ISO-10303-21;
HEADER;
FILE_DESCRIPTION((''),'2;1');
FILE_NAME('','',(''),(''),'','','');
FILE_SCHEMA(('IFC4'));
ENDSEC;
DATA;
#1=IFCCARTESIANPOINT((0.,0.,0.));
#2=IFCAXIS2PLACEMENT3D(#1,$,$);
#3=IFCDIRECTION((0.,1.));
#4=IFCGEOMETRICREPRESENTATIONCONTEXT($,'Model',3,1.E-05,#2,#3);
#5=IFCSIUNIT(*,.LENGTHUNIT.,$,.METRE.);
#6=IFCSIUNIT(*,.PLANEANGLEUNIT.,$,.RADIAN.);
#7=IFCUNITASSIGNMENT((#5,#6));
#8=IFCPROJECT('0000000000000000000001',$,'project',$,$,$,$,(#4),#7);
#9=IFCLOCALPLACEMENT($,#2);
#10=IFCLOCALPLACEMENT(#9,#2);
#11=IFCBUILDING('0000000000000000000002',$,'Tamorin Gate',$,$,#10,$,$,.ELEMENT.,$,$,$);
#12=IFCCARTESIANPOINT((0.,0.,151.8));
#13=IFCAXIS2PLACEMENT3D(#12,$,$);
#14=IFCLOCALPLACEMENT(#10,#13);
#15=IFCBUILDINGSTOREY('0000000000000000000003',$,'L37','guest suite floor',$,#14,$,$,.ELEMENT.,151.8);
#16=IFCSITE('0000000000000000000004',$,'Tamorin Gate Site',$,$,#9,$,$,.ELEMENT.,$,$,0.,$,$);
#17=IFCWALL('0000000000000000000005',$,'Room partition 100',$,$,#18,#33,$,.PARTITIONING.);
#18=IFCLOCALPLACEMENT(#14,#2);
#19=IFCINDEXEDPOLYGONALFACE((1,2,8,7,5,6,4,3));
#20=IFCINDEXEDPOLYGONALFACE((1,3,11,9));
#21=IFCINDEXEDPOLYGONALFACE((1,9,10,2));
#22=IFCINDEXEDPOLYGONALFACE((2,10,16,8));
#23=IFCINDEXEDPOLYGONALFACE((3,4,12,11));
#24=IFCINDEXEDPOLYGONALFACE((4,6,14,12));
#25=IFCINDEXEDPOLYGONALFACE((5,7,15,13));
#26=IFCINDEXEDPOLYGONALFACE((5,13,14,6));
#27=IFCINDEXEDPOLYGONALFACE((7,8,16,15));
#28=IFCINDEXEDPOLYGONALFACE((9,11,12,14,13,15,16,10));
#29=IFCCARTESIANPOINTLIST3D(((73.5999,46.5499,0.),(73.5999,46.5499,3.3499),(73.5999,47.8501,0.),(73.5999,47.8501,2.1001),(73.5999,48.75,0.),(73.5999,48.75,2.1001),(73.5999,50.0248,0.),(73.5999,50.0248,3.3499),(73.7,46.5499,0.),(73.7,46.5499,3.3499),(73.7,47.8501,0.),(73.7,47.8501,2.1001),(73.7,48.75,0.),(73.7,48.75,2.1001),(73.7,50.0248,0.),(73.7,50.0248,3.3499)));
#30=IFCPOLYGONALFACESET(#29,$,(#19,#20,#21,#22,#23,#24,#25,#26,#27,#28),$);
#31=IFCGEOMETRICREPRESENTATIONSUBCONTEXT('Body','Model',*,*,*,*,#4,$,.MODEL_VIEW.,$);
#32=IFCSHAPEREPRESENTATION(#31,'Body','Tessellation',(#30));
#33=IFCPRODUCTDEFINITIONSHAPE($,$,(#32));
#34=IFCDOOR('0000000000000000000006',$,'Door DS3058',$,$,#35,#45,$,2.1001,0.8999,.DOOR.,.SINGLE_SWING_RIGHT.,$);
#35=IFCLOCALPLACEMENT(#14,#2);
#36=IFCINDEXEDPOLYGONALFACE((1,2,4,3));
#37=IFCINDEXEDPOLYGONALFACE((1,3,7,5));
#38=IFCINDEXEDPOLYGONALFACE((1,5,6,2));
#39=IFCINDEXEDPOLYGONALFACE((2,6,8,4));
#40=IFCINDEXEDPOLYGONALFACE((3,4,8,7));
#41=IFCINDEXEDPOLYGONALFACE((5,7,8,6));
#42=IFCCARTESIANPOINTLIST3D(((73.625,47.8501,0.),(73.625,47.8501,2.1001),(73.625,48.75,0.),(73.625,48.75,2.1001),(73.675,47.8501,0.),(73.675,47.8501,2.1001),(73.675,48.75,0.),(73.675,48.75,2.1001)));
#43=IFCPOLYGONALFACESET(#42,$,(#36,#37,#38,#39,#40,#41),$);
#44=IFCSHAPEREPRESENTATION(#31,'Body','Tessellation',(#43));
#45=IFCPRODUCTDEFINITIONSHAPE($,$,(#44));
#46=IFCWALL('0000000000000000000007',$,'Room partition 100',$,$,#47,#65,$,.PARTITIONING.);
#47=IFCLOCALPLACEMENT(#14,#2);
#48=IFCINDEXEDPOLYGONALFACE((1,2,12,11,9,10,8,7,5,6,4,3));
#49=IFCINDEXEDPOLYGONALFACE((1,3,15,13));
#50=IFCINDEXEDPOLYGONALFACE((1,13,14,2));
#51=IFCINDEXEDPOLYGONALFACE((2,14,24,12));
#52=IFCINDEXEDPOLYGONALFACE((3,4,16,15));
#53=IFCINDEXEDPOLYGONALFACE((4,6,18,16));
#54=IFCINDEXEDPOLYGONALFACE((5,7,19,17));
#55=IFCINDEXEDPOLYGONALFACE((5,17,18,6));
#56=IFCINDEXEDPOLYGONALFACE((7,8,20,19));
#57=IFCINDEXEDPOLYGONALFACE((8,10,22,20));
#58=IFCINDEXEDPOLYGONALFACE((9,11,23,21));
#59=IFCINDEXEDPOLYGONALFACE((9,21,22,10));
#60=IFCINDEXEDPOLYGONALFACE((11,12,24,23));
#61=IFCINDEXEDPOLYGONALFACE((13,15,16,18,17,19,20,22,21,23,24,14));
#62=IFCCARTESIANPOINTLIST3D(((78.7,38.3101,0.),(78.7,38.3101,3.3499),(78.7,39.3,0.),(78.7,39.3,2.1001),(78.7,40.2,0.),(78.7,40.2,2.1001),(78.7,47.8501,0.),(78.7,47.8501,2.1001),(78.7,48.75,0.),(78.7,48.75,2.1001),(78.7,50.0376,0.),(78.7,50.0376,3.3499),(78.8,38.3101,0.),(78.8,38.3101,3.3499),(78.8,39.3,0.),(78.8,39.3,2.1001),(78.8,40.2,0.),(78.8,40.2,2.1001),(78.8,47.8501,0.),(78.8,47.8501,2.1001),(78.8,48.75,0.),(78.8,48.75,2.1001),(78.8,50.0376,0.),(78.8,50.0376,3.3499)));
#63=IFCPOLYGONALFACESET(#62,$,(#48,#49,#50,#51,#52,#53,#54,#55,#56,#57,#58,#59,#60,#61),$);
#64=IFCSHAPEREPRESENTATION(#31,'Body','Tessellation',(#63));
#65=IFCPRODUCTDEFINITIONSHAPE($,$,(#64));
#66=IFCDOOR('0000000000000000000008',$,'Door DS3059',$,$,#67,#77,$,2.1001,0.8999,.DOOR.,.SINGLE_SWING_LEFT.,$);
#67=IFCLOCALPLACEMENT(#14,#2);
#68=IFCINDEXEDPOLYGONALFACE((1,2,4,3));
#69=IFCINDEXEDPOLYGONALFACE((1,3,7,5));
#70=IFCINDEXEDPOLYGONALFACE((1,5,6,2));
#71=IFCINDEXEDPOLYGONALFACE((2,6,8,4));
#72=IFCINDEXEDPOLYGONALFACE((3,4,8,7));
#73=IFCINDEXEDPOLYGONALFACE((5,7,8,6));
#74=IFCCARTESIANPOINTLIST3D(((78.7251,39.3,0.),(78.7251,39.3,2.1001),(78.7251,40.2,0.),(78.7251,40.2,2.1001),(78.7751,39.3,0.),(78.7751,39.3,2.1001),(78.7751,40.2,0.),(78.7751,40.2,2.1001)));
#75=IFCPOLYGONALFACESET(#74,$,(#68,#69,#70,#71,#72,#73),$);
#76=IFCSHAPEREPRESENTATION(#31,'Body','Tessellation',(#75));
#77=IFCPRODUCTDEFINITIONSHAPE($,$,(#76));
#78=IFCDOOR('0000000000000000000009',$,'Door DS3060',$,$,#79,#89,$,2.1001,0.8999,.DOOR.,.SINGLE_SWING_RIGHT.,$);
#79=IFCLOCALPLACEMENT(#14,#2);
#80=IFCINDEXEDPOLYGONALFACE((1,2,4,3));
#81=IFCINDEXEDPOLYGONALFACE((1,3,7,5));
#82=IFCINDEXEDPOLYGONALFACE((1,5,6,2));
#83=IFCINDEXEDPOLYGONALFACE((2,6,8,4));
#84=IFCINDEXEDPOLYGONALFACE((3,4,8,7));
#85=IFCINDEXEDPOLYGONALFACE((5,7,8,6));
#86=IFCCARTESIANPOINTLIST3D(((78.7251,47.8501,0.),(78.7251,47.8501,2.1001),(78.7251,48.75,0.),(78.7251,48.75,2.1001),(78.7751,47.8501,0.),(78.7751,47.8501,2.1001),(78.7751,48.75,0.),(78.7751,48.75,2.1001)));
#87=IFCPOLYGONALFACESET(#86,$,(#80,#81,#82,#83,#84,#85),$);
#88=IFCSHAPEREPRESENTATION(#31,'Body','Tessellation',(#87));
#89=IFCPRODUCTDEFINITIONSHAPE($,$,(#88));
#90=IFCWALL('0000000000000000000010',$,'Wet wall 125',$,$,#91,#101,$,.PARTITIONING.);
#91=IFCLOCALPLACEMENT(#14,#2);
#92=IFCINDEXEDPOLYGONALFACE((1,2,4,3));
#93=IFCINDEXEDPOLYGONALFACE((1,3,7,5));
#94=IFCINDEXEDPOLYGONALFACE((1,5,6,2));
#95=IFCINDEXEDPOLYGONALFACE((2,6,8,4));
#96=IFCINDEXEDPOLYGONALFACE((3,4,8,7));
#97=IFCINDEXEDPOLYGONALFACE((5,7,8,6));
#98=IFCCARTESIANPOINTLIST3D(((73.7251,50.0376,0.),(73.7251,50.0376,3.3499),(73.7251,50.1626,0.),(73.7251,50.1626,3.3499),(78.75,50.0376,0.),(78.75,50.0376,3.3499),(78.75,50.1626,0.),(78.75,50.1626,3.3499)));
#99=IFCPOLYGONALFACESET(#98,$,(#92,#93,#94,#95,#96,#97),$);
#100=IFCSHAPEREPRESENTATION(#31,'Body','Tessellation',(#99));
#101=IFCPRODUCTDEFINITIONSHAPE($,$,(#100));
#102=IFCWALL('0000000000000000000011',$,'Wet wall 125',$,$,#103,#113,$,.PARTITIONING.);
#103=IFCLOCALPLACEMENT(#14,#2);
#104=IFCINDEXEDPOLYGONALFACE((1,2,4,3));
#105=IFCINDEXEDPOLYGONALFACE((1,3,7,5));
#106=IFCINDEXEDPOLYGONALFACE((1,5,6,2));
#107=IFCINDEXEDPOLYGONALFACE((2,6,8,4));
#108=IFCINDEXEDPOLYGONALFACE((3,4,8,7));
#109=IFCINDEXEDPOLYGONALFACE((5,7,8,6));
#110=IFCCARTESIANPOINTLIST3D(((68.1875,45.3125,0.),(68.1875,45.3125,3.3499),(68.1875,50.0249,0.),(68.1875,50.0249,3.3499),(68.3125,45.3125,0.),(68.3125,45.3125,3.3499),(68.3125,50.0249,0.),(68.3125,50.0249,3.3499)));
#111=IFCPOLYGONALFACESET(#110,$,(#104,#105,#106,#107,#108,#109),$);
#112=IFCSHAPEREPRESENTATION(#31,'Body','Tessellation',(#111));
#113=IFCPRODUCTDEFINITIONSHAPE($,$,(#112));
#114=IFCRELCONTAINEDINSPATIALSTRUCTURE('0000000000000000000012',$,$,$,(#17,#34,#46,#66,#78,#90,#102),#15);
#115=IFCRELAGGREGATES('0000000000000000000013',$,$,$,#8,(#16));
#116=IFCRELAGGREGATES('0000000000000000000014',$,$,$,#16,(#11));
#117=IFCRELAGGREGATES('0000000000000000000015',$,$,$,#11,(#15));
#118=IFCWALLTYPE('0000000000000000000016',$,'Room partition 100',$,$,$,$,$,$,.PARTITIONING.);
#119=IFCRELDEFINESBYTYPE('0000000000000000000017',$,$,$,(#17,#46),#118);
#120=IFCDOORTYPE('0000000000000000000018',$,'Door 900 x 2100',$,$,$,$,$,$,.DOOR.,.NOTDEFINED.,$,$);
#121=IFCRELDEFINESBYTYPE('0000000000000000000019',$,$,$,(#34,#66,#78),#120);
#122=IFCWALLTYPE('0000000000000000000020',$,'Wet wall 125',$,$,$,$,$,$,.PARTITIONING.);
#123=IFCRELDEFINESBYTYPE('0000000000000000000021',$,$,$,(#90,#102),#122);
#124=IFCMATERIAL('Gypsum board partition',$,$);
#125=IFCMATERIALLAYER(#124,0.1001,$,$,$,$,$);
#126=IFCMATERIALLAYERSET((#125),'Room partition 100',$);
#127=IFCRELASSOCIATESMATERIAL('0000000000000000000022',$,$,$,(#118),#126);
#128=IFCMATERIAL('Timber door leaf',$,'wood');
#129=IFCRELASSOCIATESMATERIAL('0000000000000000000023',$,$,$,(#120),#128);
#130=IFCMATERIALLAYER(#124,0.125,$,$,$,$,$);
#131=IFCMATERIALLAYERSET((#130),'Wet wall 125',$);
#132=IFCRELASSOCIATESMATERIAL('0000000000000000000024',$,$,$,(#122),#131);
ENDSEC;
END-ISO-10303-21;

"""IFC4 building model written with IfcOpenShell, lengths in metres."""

from ifc_helpers import new_model, si_unit, direction, frame, frame_2d, origin, place, context, subcontext, project, spatial, rectangle, extrude, material, layer, layer_set, type_object, element, fill, save


model = new_model("IFC4")

# Units and contexts
model_context = context("Model", 3, precision=1e-05, world=origin(), true_north=direction((0.0, 1.0)))
body_context = subcontext(model_context, "Body", "Model", "MODEL_VIEW")
ifc_project = project(units=[si_unit("LENGTHUNIT", "METRE"), si_unit("PLANEANGLEUNIT", "RADIAN")], contexts=[model_context])

# Site, building, storey
site_placement = place(None, origin())
site = spatial("IfcSite", under=ifc_project, at=site_placement, Name="Tamorin Gate Site", CompositionType="ELEMENT", RefElevation=0.0)
building_placement = place(site_placement, origin())
building = spatial("IfcBuilding", under=site, at=building_placement, Name="Tamorin Gate", CompositionType="ELEMENT")
storey_placement = place(building_placement, frame((0.0, 0.0, 151.8)))
storey = spatial("IfcBuildingStorey", under=building, at=storey_placement, Name="L37", Description="guest suite floor", CompositionType="ELEMENT", Elevation=151.8)

# Shared definitions
ifc_material_1 = material(Name="Gypsum board partition")

# Wall, opening, door
ifc_layer_1 = layer(ifc_material_1, 0.1001)
ifc_layer_set_1 = layer_set([ifc_layer_1], Name="Room partition 100")
wall_type_1 = type_object("IfcWallType", Name="Room partition 100", PredefinedType="PARTITIONING", material=ifc_layer_set_1)
ifc_material_2 = material(Name="Timber door leaf", Category="wood")
door_type = type_object("IfcDoorType", Name="Door 900 x 2100", OperationType="NOTDEFINED", PredefinedType="DOOR", material=ifc_material_2)
wall_1_placement = place(storey_placement, frame((73.6499, 46.55, 0.0), z_axis=(0.0, 0.0, 1.0), x_axis=(0.0, 1.0, 0.0)))
wall_1 = element("IfcWall", 1, at=wall_1_placement, inside=storey, type_object=wall_type_1, Name="Room partition 100", PredefinedType="PARTITIONING", context=body_context, shape_type="SweptSolid", body=[
    extrude(rectangle(XDim=3.4749, YDim=0.1001, at=frame_2d((1.7373, 0.0))), origin(), (0.0, 0.0, 1.0), 3.3499),
])
opening_1_placement = place(wall_1_placement, frame((1.3, 0.0, 0.0)))
opening_1 = element("IfcOpeningElement", 2, at=opening_1_placement, cuts=wall_1, PredefinedType="OPENING", context=body_context, shape_type="SweptSolid", body=[
    extrude(rectangle(XDim=0.8999, YDim=2.1001, at=frame_2d((0.45, 1.05))), frame((0.0, 0.0601, 0.0), z_axis=(0.0, -1.0, 0.0), x_axis=(1.0, 0.0, 0.0)), (0.0, 0.0, 1.0), 0.1201),
])
door_1_placement = place(opening_1_placement, origin())
door_1 = element("IfcDoor", 3, at=door_1_placement, inside=storey, type_object=door_type, Name="Door DS3058", OperationType="SINGLE_SWING_RIGHT", OverallHeight=2.1001, OverallWidth=0.8999, PredefinedType="DOOR", context=body_context, shape_type="SweptSolid", body=[
    extrude(rectangle(XDim=0.8999, YDim=2.1001, at=frame_2d((0.45, 1.05))), frame((0.0, 0.0249, 0.0), z_axis=(0.0, -1.0, 0.0), x_axis=(1.0, 0.0, 0.0)), (0.0, 0.0, 1.0), 0.05),
])
fill(opening_1, door_1)

# Wall, openings, doors
wall_2_placement = place(storey_placement, frame((78.75, 38.3101, 0.0), z_axis=(0.0, 0.0, 1.0), x_axis=(0.0, 1.0, 0.0)))
wall_2 = element("IfcWall", 4, at=wall_2_placement, inside=storey, type_object=wall_type_1, Name="Room partition 100", PredefinedType="PARTITIONING", context=body_context, shape_type="SweptSolid", body=[
    extrude(rectangle(XDim=11.7275, YDim=0.1001, at=frame_2d((5.8638, 0.0))), origin(), (0.0, 0.0, 1.0), 3.3499),
])
opening_2_placement = place(wall_2_placement, frame((0.99, 0.0, 0.0)))
opening_2 = element("IfcOpeningElement", 5, at=opening_2_placement, cuts=wall_2, PredefinedType="OPENING", context=body_context, shape_type="SweptSolid", body=[
    extrude(rectangle(XDim=0.8999, YDim=2.1001, at=frame_2d((0.45, 1.05))), frame((0.0, 0.0601, 0.0), z_axis=(0.0, -1.0, 0.0), x_axis=(1.0, 0.0, 0.0)), (0.0, 0.0, 1.0), 0.1201),
])
opening_3_placement = place(wall_2_placement, frame((9.54, 0.0, 0.0)))
opening_3 = element("IfcOpeningElement", 6, at=opening_3_placement, cuts=wall_2, PredefinedType="OPENING", context=body_context, shape_type="SweptSolid", body=[
    extrude(rectangle(XDim=0.8999, YDim=2.1001, at=frame_2d((0.45, 1.05))), frame((0.0, 0.0601, 0.0), z_axis=(0.0, -1.0, 0.0), x_axis=(1.0, 0.0, 0.0)), (0.0, 0.0, 1.0), 0.1201),
])
door_2_placement = place(opening_2_placement, origin())
door_2 = element("IfcDoor", 7, at=door_2_placement, inside=storey, type_object=door_type, Name="Door DS3059", OperationType="SINGLE_SWING_LEFT", OverallHeight=2.1001, OverallWidth=0.8999, PredefinedType="DOOR", context=body_context, shape_type="SweptSolid", body=[
    extrude(rectangle(XDim=0.8999, YDim=2.1001, at=frame_2d((0.45, 1.05))), frame((0.0, 0.0249, 0.0), z_axis=(0.0, -1.0, 0.0), x_axis=(1.0, 0.0, 0.0)), (0.0, 0.0, 1.0), 0.05),
])
fill(opening_2, door_2)
door_3_placement = place(opening_3_placement, origin())
door_3 = element("IfcDoor", 8, at=door_3_placement, inside=storey, type_object=door_type, Name="Door DS3060", OperationType="SINGLE_SWING_RIGHT", OverallHeight=2.1001, OverallWidth=0.8999, PredefinedType="DOOR", context=body_context, shape_type="SweptSolid", body=[
    extrude(rectangle(XDim=0.8999, YDim=2.1001, at=frame_2d((0.45, 1.05))), frame((0.0, 0.0249, 0.0), z_axis=(0.0, -1.0, 0.0), x_axis=(1.0, 0.0, 0.0)), (0.0, 0.0, 1.0), 0.05),
])
fill(opening_3, door_3)

# Walls
ifc_layer_2 = layer(ifc_material_1, 0.125)
ifc_layer_set_2 = layer_set([ifc_layer_2], Name="Wet wall 125")
wall_type_2 = type_object("IfcWallType", Name="Wet wall 125", PredefinedType="PARTITIONING", material=ifc_layer_set_2)
wall_3_placement = place(storey_placement, frame((73.7251, 50.1001, 0.0), z_axis=(0.0, 0.0, 1.0), x_axis=(1.0, 0.0, 0.0)))
element("IfcWall", 9, at=wall_3_placement, inside=storey, type_object=wall_type_2, Name="Wet wall 125", PredefinedType="PARTITIONING", context=body_context, shape_type="SweptSolid", body=[
    extrude(rectangle(XDim=5.0249, YDim=0.125, at=frame_2d((2.5125, 0.0))), origin(), (0.0, 0.0, 1.0), 3.3499),
])
wall_4_placement = place(storey_placement, frame((68.25, 45.3125, 0.0), z_axis=(0.0, 0.0, 1.0), x_axis=(0.0, 1.0, 0.0)))
element("IfcWall", 10, at=wall_4_placement, inside=storey, type_object=wall_type_2, Name="Wet wall 125", PredefinedType="PARTITIONING", context=body_context, shape_type="SweptSolid", body=[
    extrude(rectangle(XDim=4.7124, YDim=0.125, at=frame_2d((2.3562, 0.0))), origin(), (0.0, 0.0, 1.0), 3.3499),
])

save(model, "model.ifc")
